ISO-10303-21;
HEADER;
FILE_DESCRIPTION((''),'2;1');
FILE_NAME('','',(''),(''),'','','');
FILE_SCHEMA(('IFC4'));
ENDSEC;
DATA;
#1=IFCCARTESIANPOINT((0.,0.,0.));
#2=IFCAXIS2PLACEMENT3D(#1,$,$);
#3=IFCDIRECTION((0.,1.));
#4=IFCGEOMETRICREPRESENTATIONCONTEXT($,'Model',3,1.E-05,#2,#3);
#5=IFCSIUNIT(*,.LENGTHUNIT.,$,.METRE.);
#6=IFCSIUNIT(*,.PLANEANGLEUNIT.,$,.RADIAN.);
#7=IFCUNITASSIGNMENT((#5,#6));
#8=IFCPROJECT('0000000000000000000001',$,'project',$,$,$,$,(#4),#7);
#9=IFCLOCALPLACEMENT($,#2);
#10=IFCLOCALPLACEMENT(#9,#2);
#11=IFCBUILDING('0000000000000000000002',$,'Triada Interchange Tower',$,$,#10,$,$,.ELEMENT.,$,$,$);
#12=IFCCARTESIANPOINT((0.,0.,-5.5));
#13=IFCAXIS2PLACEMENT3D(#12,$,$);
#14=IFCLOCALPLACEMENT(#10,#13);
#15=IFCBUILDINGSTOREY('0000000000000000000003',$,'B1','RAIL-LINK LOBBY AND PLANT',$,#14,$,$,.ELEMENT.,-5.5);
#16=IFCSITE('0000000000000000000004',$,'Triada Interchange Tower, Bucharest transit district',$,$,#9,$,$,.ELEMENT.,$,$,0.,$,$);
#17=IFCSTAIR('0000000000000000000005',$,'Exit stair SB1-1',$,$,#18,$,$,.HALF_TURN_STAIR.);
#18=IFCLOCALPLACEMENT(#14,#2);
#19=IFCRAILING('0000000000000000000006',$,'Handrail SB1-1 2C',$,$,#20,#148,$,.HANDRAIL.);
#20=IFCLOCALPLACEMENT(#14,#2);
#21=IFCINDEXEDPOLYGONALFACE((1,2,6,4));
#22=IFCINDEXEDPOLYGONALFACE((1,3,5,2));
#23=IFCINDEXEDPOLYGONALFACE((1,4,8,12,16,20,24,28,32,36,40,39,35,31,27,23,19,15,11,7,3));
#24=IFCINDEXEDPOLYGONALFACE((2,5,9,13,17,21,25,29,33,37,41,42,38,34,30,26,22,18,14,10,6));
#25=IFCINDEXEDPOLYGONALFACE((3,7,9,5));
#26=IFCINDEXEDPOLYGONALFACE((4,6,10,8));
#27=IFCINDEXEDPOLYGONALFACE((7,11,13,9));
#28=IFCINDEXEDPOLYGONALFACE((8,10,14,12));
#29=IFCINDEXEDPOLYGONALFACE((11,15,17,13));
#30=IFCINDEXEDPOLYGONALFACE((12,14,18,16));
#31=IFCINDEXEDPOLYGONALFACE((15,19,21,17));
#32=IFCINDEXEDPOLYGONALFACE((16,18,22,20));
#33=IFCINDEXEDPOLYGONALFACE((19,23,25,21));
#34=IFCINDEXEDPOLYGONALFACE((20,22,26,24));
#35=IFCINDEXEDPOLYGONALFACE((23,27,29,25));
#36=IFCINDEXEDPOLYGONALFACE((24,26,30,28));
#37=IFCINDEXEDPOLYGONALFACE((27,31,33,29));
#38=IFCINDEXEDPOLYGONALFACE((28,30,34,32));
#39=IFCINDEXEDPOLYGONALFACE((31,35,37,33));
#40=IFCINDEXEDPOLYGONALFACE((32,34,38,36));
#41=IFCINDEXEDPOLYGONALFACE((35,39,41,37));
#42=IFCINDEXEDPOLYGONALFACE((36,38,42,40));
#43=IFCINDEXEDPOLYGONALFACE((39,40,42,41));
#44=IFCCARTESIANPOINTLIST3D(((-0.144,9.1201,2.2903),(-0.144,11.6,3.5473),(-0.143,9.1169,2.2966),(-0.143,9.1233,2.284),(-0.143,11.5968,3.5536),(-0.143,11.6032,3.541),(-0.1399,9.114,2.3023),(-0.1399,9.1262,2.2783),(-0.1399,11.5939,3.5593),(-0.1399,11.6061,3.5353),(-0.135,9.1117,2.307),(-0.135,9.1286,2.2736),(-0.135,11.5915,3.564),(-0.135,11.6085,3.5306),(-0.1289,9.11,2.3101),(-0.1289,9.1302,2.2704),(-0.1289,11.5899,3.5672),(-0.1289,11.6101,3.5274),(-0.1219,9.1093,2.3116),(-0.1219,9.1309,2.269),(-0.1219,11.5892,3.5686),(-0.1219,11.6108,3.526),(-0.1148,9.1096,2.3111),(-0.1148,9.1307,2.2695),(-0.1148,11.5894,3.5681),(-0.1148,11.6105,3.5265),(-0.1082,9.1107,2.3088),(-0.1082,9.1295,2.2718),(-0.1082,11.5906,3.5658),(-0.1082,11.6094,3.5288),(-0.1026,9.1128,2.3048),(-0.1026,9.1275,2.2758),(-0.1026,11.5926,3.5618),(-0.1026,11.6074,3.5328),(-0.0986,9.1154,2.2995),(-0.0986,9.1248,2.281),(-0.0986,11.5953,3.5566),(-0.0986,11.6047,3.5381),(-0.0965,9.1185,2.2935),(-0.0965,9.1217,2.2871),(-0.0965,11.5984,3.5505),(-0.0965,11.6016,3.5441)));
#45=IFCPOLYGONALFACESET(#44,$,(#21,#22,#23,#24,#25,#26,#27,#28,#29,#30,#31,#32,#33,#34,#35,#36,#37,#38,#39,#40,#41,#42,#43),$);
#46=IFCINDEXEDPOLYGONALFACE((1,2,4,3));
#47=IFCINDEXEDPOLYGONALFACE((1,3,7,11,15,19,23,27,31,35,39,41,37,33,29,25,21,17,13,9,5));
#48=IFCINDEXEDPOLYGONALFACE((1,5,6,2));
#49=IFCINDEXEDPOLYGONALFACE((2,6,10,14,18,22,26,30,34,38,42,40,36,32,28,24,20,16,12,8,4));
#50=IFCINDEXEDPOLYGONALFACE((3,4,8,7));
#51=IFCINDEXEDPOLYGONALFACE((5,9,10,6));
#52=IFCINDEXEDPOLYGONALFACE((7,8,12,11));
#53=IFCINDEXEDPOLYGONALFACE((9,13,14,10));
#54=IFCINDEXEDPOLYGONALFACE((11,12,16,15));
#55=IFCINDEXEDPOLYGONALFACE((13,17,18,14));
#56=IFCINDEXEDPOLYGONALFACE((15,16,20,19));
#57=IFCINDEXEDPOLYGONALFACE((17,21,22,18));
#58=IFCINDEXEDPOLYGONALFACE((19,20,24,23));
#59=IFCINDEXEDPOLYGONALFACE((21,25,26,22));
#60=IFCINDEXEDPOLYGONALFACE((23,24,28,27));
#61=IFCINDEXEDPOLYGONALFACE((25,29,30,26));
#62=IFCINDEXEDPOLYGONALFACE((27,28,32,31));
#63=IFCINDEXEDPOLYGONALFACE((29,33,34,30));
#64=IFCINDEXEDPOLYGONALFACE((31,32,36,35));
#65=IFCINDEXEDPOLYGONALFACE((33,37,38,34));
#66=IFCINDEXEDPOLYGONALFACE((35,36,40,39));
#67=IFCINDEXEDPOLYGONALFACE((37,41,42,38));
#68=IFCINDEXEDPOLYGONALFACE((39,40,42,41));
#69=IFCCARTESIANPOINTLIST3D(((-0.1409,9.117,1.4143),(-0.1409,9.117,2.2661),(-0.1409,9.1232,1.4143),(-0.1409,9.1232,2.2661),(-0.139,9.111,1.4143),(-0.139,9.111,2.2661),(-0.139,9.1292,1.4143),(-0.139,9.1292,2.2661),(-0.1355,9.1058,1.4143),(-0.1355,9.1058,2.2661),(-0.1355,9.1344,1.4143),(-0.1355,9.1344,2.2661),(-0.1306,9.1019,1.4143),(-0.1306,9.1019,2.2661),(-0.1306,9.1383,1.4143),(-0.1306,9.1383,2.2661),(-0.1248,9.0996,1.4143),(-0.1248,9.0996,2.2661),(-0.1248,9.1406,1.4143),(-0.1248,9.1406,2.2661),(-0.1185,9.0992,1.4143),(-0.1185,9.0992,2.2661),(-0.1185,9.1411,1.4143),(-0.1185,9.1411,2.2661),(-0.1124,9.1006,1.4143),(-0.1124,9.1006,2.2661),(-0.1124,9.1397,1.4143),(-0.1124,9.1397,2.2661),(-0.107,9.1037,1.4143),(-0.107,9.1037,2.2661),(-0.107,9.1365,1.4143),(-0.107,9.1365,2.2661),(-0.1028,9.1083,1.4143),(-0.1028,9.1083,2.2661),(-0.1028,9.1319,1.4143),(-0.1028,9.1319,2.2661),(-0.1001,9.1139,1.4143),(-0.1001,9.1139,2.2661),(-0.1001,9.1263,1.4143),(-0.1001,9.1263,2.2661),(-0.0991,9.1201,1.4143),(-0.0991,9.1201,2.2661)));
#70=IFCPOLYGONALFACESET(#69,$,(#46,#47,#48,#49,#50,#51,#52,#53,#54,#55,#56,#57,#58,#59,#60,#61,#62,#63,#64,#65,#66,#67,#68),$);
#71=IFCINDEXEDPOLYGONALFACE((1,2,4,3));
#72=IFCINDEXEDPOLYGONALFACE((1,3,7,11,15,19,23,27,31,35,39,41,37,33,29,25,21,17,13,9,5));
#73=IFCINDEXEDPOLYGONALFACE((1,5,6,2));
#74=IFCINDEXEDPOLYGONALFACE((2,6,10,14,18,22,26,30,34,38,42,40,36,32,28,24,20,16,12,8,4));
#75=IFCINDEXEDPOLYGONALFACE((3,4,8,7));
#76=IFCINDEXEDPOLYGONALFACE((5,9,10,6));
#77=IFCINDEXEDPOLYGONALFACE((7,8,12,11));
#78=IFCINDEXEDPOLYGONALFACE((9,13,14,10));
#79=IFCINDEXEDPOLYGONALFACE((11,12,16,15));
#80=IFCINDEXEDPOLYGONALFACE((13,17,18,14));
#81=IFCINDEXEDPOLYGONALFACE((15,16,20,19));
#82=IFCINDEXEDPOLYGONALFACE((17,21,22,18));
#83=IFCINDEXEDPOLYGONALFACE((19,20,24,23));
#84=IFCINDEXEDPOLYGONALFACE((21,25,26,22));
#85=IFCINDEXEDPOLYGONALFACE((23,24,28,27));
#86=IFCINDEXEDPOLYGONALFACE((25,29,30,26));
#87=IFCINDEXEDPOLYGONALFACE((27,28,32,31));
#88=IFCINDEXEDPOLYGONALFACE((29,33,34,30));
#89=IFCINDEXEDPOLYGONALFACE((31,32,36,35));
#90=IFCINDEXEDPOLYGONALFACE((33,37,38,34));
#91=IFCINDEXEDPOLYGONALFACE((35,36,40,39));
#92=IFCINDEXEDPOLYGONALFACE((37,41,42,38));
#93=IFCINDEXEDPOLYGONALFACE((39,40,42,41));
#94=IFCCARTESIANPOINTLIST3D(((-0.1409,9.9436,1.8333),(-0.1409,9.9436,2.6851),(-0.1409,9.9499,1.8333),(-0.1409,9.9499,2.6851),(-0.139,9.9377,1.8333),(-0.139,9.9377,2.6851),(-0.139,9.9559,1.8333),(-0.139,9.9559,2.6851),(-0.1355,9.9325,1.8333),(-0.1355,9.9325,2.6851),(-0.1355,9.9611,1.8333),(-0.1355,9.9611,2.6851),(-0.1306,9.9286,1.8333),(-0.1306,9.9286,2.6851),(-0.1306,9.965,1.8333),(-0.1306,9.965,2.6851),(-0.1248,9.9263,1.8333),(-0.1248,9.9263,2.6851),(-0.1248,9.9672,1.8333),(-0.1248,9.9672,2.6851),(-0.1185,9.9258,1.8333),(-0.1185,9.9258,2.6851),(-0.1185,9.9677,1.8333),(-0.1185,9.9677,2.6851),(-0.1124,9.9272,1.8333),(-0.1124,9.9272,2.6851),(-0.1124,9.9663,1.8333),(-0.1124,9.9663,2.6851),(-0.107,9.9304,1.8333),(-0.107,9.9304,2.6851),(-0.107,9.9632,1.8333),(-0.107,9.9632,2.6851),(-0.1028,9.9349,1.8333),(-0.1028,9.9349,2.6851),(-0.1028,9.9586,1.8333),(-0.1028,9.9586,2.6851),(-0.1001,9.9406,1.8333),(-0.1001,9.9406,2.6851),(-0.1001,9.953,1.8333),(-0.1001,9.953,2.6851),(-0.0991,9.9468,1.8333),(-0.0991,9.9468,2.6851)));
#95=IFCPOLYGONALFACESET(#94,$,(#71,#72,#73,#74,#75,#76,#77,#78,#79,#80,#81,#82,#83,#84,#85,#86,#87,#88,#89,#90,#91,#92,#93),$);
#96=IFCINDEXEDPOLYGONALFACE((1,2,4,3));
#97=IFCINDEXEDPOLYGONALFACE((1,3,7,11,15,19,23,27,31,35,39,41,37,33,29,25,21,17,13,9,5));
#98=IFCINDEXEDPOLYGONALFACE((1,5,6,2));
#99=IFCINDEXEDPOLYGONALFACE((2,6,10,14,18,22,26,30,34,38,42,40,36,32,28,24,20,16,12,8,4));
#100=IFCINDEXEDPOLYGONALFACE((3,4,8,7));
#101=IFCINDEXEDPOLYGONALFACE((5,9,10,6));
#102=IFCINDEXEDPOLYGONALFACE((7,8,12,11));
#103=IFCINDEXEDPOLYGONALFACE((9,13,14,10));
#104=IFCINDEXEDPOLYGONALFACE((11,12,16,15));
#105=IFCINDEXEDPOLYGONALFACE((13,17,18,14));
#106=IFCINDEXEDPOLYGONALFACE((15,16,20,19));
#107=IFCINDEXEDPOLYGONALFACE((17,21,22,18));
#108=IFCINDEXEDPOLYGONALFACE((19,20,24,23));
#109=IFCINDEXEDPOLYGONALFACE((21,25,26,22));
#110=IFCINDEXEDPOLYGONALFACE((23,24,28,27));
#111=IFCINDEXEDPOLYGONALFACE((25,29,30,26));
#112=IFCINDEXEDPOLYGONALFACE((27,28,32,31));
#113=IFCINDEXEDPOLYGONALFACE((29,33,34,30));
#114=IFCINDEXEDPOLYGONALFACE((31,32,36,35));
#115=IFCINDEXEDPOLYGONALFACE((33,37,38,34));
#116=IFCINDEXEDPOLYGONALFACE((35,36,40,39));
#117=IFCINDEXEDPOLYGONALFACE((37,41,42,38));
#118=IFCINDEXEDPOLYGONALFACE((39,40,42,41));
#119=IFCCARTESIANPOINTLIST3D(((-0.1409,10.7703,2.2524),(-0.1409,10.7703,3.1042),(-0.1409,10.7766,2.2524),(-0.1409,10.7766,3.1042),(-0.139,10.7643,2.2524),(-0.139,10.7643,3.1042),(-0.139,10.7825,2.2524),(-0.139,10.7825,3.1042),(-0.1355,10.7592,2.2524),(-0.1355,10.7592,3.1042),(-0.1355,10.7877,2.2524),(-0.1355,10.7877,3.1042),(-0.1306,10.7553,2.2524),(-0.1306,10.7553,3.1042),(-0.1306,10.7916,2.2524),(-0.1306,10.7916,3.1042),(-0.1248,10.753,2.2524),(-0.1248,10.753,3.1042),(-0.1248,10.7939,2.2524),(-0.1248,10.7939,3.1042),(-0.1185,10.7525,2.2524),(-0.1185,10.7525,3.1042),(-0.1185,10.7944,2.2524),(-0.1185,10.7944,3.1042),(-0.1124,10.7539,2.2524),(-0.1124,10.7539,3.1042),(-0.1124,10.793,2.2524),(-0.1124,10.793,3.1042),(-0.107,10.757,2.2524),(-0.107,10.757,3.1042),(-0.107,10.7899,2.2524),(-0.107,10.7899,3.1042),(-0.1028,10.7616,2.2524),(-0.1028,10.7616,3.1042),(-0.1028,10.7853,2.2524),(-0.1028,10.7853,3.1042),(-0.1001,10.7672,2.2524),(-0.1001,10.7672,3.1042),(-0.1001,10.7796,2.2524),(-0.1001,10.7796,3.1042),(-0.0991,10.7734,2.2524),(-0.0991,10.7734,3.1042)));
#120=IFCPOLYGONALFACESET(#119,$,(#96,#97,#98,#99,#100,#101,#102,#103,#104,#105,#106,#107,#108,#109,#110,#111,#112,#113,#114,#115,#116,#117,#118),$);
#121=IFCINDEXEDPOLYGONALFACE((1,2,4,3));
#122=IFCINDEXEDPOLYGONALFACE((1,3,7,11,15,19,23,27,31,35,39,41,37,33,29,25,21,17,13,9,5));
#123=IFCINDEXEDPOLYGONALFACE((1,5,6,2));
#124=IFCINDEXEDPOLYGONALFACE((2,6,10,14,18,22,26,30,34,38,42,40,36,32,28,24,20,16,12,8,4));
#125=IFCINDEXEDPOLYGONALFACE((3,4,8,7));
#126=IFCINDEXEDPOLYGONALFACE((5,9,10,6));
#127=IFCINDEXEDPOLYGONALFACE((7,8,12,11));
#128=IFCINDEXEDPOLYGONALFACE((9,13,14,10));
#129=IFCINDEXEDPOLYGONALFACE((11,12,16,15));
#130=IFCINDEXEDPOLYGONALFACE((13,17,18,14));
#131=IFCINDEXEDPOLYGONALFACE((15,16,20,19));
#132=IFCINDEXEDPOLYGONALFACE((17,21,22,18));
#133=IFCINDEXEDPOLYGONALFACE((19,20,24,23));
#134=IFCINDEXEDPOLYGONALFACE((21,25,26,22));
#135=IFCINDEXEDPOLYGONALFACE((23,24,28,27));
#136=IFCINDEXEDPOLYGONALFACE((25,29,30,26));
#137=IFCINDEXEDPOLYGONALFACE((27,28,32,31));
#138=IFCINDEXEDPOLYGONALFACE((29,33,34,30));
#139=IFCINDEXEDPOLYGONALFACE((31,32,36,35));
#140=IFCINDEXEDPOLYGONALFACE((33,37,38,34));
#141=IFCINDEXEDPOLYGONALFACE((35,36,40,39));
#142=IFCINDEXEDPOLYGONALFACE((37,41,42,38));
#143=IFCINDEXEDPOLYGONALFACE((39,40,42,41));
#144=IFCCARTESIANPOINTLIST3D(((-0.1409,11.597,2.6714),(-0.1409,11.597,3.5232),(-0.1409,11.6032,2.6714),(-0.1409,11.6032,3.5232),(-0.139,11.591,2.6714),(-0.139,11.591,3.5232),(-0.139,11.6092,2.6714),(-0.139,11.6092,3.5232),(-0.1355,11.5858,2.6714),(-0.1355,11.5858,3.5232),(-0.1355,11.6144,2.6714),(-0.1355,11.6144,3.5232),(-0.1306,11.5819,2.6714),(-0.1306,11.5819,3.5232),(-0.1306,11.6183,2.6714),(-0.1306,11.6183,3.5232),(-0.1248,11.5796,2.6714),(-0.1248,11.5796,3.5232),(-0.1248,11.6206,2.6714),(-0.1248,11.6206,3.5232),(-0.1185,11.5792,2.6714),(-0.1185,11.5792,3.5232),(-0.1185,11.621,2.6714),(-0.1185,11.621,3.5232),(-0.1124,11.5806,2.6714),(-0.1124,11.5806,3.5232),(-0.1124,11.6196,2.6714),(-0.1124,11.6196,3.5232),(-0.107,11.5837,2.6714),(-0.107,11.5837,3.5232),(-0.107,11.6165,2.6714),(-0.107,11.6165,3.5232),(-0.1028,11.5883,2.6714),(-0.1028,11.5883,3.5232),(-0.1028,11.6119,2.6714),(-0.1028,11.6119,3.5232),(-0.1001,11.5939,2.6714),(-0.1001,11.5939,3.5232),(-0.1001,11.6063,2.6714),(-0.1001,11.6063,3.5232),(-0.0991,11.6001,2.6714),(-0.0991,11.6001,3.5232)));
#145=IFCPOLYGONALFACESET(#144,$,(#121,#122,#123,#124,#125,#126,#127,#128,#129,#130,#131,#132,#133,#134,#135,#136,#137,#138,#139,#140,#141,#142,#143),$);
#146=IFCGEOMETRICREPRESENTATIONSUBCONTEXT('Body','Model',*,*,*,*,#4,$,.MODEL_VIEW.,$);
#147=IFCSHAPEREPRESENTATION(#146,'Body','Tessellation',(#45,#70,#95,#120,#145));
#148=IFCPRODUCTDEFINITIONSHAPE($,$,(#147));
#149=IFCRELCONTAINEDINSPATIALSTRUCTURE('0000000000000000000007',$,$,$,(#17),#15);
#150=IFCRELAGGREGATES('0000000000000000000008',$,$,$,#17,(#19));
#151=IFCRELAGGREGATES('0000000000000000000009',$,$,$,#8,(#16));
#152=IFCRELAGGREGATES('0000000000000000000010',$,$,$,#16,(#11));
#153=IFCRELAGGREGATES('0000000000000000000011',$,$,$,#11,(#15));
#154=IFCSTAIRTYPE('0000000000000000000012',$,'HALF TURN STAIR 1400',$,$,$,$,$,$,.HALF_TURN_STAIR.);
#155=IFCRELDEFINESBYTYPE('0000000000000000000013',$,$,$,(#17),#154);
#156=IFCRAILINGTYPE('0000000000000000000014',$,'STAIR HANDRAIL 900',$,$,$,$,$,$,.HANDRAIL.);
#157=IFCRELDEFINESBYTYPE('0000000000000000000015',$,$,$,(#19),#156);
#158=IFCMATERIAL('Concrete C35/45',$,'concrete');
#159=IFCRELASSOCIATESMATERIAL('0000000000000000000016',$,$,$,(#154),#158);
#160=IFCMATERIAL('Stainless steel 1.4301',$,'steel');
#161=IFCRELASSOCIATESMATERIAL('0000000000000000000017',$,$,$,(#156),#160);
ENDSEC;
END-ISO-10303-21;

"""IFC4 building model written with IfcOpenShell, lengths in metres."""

from ifc_helpers import new_model, si_unit, direction, frame, origin, origin_2d, place, context, subcontext, project, spatial, circle, extrude, material, type_object, element, aggregate, save


model = new_model("IFC4")

# Units and contexts
model_context = context("Model", 3, precision=1e-05, world=origin(), true_north=direction((0.0, 1.0)))
body_context = subcontext(model_context, "Body", "Model", "MODEL_VIEW")
ifc_project = project(units=[si_unit("LENGTHUNIT", "METRE"), si_unit("PLANEANGLEUNIT", "RADIAN")], contexts=[model_context])

# Site, building, storey
site_placement = place(None, origin())
site = spatial("IfcSite", under=ifc_project, at=site_placement, Name="Triada Interchange Tower, Bucharest transit district", CompositionType="ELEMENT", RefElevation=0.0)
building_placement = place(site_placement, origin())
building = spatial("IfcBuilding", under=site, at=building_placement, Name="Triada Interchange Tower", CompositionType="ELEMENT")
storey_placement = place(building_placement, frame((0.0, 0.0, -5.5)))
storey = spatial("IfcBuildingStorey", under=building, at=storey_placement, Name="B1", Description="RAIL-LINK LOBBY AND PLANT", CompositionType="ELEMENT", Elevation=-5.5)

# Stair, railing
ifc_material_1 = material(Name="Concrete C35/45", Category="concrete")
stair_type = type_object("IfcStairType", Name="HALF TURN STAIR 1400", PredefinedType="HALF_TURN_STAIR", material=ifc_material_1)
stair_placement = place(storey_placement, origin())
stair = element("IfcStair", 1, at=stair_placement, inside=storey, type_object=stair_type, Name="Exit stair SB1-1", PredefinedType="HALF_TURN_STAIR")
ifc_material_2 = material(Name="Stainless steel 1.4301", Category="steel")
railing_type = type_object("IfcRailingType", Name="STAIR HANDRAIL 900", PredefinedType="HANDRAIL", material=ifc_material_2)
railing_1_placement = place(storey_placement, frame((-0.1201, 9.1201, 1.4143)))
railing_1 = element("IfcRailing", 2, at=railing_1_placement, type_object=railing_type, Name="Handrail SB1-1 2C", PredefinedType="HANDRAIL", context=body_context, shape_type="SweptSolid", body=[
    extrude(circle(Radius=0.0239, at=origin_2d()), frame((0.0, 0.0, 0.876), z_axis=(0.0, 0.891955, 0.452124), x_axis=(-1.0, 0.0, 0.0)), (0.0, 0.0, 1.0), 2.7803),
    extrude(circle(Radius=0.021, at=origin_2d()), origin(), (0.0, 0.0, 1.0), 0.8518),
    extrude(circle(Radius=0.021, at=origin_2d()), frame((0.0, 0.8267, 0.4189)), (0.0, 0.0, 1.0), 0.8518),
    extrude(circle(Radius=0.021, at=origin_2d()), frame((0.0, 1.6533, 0.8381)), (0.0, 0.0, 1.0), 0.8518),
    extrude(circle(Radius=0.021, at=origin_2d()), frame((0.0, 2.48, 1.2571)), (0.0, 0.0, 1.0), 0.8518),
])
aggregate(stair, [railing_1])

save(model, "model.ifc")
